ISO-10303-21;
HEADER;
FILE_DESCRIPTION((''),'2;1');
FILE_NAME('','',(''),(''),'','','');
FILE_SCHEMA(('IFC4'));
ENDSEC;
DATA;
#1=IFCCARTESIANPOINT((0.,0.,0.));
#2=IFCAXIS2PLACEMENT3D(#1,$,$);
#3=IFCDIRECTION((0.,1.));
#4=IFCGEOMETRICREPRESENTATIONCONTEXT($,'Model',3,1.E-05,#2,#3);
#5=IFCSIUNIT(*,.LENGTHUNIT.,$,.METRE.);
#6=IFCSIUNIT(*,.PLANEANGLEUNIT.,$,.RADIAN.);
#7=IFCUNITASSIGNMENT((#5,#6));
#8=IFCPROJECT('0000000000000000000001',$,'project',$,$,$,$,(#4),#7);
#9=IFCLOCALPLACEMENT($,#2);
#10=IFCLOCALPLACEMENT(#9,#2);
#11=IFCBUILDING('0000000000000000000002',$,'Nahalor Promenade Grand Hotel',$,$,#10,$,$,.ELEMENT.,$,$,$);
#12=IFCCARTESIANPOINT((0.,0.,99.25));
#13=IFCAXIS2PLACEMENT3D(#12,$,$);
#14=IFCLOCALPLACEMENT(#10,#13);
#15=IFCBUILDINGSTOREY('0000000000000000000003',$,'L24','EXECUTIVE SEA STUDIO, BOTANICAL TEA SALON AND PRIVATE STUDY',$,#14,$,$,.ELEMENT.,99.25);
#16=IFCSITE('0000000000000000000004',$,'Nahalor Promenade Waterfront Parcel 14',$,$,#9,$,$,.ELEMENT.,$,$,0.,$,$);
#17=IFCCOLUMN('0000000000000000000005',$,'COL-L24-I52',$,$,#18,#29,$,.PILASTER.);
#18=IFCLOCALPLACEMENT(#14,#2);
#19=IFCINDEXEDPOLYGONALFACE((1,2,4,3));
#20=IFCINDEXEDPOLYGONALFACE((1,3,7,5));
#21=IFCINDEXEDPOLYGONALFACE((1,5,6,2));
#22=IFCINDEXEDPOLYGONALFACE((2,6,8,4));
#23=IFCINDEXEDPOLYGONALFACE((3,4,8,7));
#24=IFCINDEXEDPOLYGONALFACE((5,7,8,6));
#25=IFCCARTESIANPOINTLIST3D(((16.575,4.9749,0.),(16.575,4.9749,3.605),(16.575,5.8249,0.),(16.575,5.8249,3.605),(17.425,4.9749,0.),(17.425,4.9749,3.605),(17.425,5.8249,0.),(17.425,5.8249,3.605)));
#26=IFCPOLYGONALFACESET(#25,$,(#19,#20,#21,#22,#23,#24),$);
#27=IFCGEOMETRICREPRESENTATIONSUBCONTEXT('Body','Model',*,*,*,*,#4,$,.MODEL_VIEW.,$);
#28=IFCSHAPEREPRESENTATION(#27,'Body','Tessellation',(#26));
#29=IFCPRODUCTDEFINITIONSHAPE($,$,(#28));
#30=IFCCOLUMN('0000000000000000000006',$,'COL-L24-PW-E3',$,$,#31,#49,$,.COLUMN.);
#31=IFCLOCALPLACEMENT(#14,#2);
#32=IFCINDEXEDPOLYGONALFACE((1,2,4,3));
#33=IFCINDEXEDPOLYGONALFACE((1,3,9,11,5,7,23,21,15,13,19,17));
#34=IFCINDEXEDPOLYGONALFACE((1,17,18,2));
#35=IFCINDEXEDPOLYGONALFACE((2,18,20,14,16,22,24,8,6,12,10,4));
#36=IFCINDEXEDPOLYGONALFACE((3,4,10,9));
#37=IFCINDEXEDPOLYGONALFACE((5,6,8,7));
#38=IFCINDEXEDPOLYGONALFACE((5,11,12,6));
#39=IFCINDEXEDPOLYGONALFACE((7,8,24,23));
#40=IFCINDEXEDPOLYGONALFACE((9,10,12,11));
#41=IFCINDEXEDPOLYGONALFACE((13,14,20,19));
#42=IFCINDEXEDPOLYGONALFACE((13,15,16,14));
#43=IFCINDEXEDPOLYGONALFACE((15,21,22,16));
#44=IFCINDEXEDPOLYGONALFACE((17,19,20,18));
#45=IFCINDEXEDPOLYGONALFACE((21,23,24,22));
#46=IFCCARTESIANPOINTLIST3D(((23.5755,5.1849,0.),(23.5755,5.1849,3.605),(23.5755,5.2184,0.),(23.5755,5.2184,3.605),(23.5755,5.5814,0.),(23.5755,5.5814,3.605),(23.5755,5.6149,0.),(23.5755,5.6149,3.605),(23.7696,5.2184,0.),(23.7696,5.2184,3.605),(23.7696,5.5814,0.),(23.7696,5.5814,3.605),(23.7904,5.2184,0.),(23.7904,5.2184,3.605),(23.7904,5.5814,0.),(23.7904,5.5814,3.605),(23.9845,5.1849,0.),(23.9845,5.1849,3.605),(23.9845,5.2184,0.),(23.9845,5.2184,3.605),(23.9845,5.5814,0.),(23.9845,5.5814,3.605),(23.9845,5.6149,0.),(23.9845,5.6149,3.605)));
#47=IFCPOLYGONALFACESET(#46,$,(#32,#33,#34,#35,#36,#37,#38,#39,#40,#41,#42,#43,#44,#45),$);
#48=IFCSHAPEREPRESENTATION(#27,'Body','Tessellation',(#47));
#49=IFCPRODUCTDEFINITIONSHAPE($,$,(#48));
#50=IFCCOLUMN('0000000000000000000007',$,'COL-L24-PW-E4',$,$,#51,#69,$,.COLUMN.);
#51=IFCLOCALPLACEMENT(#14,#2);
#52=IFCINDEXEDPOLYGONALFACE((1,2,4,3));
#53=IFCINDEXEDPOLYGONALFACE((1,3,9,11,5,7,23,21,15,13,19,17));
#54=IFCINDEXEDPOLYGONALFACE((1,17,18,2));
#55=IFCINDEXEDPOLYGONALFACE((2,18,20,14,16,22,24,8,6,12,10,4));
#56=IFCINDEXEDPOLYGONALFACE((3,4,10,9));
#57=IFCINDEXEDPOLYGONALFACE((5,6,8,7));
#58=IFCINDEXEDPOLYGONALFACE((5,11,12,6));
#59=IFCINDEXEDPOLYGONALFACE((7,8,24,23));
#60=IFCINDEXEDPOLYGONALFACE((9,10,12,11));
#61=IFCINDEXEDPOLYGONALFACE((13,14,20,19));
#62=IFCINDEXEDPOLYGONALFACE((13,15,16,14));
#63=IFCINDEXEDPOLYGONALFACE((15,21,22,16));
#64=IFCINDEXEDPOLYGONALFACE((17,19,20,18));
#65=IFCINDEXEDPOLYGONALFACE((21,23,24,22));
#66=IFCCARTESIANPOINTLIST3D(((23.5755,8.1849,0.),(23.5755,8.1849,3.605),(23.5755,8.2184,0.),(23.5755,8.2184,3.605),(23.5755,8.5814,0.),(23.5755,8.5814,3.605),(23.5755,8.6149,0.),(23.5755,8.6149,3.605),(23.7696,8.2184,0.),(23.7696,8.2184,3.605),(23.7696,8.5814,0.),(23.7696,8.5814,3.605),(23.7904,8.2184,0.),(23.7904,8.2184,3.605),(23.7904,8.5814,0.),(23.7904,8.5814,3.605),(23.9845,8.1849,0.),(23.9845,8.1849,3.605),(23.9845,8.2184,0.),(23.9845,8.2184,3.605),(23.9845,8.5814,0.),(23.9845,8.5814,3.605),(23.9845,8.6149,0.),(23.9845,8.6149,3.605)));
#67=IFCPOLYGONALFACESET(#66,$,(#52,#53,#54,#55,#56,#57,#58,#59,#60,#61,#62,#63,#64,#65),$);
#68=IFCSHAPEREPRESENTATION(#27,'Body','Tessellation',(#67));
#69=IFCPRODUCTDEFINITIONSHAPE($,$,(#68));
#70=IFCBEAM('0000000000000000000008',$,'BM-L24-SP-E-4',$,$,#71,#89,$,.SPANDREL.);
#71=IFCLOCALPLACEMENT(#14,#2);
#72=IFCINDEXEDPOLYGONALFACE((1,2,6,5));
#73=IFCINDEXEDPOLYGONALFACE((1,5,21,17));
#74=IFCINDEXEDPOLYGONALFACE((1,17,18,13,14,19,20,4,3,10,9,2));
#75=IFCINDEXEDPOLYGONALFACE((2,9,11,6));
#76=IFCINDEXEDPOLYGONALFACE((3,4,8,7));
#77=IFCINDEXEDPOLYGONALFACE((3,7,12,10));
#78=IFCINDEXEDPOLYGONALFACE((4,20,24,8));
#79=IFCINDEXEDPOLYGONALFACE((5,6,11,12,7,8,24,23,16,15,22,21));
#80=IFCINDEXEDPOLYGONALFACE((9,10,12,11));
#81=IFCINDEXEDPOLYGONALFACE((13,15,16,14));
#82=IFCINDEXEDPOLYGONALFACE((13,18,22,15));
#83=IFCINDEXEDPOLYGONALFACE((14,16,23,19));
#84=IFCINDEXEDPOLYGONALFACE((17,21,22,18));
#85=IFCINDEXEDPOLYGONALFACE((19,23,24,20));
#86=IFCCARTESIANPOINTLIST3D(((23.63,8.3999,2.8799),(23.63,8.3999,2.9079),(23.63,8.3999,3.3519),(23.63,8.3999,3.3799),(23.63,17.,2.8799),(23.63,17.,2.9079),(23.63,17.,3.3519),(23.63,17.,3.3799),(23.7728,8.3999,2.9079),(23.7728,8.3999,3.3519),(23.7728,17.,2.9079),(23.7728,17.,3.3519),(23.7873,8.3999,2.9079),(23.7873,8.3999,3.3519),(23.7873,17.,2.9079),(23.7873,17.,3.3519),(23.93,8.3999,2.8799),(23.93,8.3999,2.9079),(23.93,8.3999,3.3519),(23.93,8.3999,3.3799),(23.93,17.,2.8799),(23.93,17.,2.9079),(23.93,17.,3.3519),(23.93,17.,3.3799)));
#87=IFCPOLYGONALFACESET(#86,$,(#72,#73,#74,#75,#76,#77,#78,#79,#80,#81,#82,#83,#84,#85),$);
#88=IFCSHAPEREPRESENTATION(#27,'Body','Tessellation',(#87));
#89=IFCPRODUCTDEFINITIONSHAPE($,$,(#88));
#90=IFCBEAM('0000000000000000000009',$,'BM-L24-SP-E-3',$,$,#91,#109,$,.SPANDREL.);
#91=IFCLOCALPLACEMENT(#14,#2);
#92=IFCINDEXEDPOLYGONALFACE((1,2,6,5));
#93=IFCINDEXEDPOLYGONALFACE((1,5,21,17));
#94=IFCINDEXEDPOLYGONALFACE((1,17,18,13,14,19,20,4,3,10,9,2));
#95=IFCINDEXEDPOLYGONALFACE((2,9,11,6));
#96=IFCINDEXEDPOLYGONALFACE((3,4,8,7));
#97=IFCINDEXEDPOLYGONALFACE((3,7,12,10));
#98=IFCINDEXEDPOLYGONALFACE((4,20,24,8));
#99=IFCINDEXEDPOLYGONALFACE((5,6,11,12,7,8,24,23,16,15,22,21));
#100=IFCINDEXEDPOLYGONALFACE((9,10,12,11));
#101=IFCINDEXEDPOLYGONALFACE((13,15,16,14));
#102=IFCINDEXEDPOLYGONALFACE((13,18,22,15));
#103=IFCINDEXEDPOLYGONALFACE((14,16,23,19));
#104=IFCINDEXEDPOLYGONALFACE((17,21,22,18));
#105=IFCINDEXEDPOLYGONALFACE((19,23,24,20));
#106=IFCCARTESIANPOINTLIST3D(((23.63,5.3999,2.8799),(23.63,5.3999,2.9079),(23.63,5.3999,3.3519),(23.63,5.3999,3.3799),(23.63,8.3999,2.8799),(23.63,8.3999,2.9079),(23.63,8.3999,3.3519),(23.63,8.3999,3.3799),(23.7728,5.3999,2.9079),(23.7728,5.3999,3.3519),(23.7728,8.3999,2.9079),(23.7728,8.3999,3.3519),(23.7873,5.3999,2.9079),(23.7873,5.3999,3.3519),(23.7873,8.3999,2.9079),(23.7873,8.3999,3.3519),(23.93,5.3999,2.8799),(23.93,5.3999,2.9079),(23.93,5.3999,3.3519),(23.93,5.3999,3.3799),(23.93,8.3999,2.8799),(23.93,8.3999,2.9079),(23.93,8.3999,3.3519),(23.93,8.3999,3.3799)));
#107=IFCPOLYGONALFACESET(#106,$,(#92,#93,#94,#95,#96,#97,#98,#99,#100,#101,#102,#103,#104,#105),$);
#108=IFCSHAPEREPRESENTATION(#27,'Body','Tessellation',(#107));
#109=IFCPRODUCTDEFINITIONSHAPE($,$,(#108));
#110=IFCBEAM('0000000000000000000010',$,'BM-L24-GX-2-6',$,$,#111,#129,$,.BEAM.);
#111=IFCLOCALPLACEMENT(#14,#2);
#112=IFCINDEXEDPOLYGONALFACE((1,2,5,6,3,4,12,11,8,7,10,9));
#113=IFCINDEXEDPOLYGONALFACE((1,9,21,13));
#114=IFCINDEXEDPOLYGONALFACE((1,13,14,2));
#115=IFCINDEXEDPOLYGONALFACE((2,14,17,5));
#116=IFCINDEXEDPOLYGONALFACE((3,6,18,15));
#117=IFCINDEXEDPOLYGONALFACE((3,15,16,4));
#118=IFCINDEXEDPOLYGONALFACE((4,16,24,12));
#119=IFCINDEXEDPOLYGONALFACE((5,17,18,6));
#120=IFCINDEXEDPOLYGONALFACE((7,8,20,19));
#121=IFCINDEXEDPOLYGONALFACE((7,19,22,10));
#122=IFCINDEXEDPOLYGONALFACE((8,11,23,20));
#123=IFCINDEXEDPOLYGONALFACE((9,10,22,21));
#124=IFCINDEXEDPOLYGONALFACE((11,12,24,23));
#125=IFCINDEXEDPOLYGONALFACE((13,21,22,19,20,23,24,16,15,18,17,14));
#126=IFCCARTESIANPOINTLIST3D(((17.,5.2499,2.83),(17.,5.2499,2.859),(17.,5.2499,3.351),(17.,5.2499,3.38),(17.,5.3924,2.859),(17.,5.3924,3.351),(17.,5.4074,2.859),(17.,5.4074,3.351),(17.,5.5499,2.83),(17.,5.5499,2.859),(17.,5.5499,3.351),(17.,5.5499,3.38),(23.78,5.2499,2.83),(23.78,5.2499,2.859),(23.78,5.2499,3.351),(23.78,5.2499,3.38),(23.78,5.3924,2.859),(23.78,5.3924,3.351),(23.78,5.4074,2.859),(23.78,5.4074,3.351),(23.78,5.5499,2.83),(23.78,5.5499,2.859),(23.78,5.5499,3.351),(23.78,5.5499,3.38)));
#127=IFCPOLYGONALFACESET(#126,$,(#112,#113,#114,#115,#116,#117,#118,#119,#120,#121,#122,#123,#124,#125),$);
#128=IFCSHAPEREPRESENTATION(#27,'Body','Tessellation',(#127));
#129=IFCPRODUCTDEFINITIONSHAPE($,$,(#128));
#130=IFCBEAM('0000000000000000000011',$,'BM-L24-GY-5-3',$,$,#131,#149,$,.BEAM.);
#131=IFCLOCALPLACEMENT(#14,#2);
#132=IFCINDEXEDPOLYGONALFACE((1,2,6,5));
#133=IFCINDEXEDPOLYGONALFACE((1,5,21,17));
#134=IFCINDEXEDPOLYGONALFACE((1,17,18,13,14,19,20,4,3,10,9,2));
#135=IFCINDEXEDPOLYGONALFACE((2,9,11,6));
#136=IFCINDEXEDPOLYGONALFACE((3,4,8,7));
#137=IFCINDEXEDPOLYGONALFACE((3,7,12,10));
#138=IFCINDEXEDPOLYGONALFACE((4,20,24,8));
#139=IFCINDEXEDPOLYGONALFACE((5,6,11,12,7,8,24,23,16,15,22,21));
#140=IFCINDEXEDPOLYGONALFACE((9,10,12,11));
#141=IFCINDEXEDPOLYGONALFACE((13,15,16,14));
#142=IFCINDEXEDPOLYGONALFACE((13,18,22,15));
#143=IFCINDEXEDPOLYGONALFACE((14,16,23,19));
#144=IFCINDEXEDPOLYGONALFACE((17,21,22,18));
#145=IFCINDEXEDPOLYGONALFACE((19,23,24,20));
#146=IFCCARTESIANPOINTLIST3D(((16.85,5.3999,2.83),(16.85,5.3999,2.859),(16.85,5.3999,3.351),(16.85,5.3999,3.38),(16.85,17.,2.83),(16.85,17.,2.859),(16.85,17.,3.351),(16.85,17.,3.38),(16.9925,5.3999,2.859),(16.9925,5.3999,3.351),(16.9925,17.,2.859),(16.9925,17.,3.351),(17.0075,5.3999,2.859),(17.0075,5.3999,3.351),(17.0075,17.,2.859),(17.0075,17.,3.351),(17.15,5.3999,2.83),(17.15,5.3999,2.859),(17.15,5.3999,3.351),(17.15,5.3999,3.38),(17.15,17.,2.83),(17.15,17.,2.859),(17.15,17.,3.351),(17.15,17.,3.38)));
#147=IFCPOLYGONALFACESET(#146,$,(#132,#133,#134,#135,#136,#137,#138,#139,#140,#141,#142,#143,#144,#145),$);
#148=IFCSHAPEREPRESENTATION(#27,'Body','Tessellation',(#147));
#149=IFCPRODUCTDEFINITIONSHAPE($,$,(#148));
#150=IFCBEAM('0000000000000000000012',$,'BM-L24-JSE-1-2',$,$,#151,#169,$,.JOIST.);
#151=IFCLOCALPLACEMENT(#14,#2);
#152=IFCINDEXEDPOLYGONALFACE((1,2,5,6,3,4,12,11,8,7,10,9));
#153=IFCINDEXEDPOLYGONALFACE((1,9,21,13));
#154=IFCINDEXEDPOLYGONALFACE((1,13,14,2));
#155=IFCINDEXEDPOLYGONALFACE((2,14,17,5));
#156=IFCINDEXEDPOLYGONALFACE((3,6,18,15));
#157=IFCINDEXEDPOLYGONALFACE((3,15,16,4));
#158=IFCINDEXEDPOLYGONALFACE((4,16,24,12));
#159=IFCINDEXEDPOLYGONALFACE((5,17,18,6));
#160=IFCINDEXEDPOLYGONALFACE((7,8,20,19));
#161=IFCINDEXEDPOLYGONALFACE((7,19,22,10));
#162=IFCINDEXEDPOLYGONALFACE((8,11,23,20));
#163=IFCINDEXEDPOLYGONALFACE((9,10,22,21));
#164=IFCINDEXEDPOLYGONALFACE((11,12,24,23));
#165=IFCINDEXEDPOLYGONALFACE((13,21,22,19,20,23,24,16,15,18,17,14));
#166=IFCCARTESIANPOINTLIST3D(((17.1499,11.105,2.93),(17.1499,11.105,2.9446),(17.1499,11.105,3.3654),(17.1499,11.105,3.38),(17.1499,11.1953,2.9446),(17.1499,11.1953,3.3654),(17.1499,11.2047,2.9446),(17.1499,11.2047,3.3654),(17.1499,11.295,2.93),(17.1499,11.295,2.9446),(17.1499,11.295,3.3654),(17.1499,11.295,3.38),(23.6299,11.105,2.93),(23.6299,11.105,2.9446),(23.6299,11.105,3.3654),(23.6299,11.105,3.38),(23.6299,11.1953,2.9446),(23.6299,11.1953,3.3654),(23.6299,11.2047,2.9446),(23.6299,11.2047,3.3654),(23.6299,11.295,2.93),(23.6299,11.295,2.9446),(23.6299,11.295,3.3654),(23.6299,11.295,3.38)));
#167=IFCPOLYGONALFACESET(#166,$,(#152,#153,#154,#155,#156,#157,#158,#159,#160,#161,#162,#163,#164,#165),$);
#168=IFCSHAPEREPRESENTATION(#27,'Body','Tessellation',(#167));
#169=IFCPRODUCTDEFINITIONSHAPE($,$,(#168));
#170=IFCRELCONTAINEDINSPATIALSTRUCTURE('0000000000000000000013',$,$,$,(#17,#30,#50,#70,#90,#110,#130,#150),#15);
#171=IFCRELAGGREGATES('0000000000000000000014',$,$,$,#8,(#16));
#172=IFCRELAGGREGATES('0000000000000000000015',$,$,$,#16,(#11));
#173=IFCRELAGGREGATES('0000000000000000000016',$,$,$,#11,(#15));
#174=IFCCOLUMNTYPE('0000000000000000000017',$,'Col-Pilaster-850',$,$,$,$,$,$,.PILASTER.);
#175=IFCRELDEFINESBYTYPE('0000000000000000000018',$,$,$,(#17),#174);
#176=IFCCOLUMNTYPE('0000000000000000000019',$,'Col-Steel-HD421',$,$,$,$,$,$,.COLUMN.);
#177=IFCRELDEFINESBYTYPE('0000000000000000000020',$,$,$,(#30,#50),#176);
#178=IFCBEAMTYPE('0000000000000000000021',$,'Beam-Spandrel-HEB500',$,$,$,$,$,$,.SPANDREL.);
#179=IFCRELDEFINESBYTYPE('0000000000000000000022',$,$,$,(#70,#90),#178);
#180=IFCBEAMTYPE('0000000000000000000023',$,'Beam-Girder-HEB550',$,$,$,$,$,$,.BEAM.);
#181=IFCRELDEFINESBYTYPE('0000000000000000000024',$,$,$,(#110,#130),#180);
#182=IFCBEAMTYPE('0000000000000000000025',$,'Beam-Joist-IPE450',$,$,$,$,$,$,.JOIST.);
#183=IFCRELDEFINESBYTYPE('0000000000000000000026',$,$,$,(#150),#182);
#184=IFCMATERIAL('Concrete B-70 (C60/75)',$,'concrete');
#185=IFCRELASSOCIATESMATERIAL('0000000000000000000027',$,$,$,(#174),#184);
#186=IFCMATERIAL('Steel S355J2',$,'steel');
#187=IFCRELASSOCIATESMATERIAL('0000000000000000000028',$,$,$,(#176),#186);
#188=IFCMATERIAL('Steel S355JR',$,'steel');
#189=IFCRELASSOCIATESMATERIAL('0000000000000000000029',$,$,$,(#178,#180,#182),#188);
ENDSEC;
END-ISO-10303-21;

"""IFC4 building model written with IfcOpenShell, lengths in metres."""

from ifc_helpers import new_model, si_unit, direction, frame, origin, origin_2d, place, context, subcontext, project, spatial, rectangle, i_section, extrude, source, transform, mapped, material, material_profile, profile_set, type_object, element, save


model = new_model("IFC4")

# Units and contexts
model_context = context("Model", 3, precision=1e-05, world=origin(), true_north=direction((0.0, 1.0)))
body_context = subcontext(model_context, "Body", "Model", "MODEL_VIEW")
ifc_project = project(units=[si_unit("LENGTHUNIT", "METRE"), si_unit("PLANEANGLEUNIT", "RADIAN")], contexts=[model_context])

# Site, building, storey
site_placement = place(None, origin())
site = spatial("IfcSite", under=ifc_project, at=site_placement, Name="Nahalor Promenade Waterfront Parcel 14", CompositionType="ELEMENT", RefElevation=0.0)
building_placement = place(site_placement, origin())
building = spatial("IfcBuilding", under=site, at=building_placement, Name="Nahalor Promenade Grand Hotel", CompositionType="ELEMENT")
storey_placement = place(building_placement, frame((0.0, 0.0, 99.25)))
storey = spatial("IfcBuildingStorey", under=building, at=storey_placement, Name="L24", Description="EXECUTIVE SEA STUDIO, BOTANICAL TEA SALON AND PRIVATE STUDY", CompositionType="ELEMENT", Elevation=99.25)

# Columns
ifc_material_1 = material(Name="Concrete B-70 (C60/75)", Category="concrete")
ifc_material_profile_1 = material_profile(ifc_material_1, rectangle(XDim=0.85, YDim=0.85, at=origin_2d()), Name="RC 850x850")
ifc_profile_set_1 = profile_set([ifc_material_profile_1], Name="Concrete B-70 (C60/75)")
column_type_1 = type_object("IfcColumnType", Name="Col-Pilaster-850", PredefinedType="PILASTER", material=ifc_profile_set_1)
shared_shape_1 = source(origin(), body_context, "Body", "SweptSolid", [
    extrude(rectangle(XDim=0.85, YDim=0.85, at=origin_2d()), origin(), (0.0, 0.0, 1.0), 3.605),
])
column_placement = place(storey_placement, frame((17.0, 5.3999, 0.0), z_axis=(0.0, 0.0, 1.0), x_axis=(1.0, 0.0, 0.0)))
element("IfcColumn", 1, at=column_placement, inside=storey, type_object=column_type_1, Name="COL-L24-I52", PredefinedType="PILASTER", context=body_context, shape_type="MappedRepresentation", body=[
    mapped(shared_shape_1, transform((0.0, 0.0, 0.0), scale=1.0)),
])
ifc_material_2 = material(Name="Steel S355J2", Category="steel")
ifc_material_profile_2 = material_profile(ifc_material_2, i_section(OverallWidth=0.409, OverallDepth=0.43, WebThickness=0.0208, FlangeThickness=0.0335, at=origin_2d()), Name="HD 400x421")
ifc_profile_set_2 = profile_set([ifc_material_profile_2], Name="Steel S355J2")
column_type_2 = type_object("IfcColumnType", Name="Col-Steel-HD421", PredefinedType="COLUMN", material=ifc_profile_set_2)
shared_shape_2 = source(origin(), body_context, "Body", "SweptSolid", [
    extrude(i_section(OverallWidth=0.409, OverallDepth=0.43, WebThickness=0.0208, FlangeThickness=0.0335, at=origin_2d()), origin(), (0.0, 0.0, 1.0), 3.605),
])
for number, where, z_axis, x_axis, name in (
    (2, (23.78, 5.3999, 0.0), (0.0, 0.0, 1.0), (1.0, 0.0, 0.0), "COL-L24-PW-E3"),
    (3, (23.78, 8.3999, 0.0), (0.0, 0.0, 1.0), (1.0, 0.0, 0.0), "COL-L24-PW-E4"),
):
    element("IfcColumn", number, at=place(storey_placement, frame(where, z_axis=z_axis, x_axis=x_axis)), inside=storey, type_object=column_type_2, Name=name, PredefinedType="COLUMN", context=body_context, shape_type="MappedRepresentation", body=[
        mapped(shared_shape_2, transform((0.0, 0.0, 0.0), scale=1.0)),
    ])

# Beams
ifc_material_3 = material(Name="Steel S355JR", Category="steel")
ifc_material_profile_3 = material_profile(ifc_material_3, i_section(OverallWidth=0.3, OverallDepth=0.5, WebThickness=0.0145, FlangeThickness=0.028, at=origin_2d()), Name="HEB 500")
ifc_profile_set_3 = profile_set([ifc_material_profile_3], Name="Steel S355JR")
beam_type_1 = type_object("IfcBeamType", Name="Beam-Spandrel-HEB500", PredefinedType="SPANDREL", material=ifc_profile_set_3)
shared_shape_3 = source(origin(), body_context, "Body", "SweptSolid", [
    extrude(i_section(OverallWidth=0.3, OverallDepth=0.5, WebThickness=0.0145, FlangeThickness=0.028, at=origin_2d()), origin(), (0.0, 0.0, 1.0), 8.6001),
])
beam_1_placement = place(storey_placement, frame((23.78, 8.3999, 3.1299), z_axis=(0.0, 1.0, 0.0), x_axis=(-1.0, 0.0, 0.0)))
element("IfcBeam", 4, at=beam_1_placement, inside=storey, type_object=beam_type_1, Name="BM-L24-SP-E-4", PredefinedType="SPANDREL", context=body_context, shape_type="MappedRepresentation", body=[
    mapped(shared_shape_3, transform((0.0, 0.0, 0.0), scale=1.0)),
])
shared_shape_4 = source(origin(), body_context, "Body", "SweptSolid", [
    extrude(i_section(OverallWidth=0.3, OverallDepth=0.5, WebThickness=0.0145, FlangeThickness=0.028, at=origin_2d()), origin(), (0.0, 0.0, 1.0), 3.0),
])
beam_2_placement = place(storey_placement, frame((23.78, 5.3999, 3.1299), z_axis=(0.0, 1.0, 0.0), x_axis=(-1.0, 0.0, 0.0)))
element("IfcBeam", 5, at=beam_2_placement, inside=storey, type_object=beam_type_1, Name="BM-L24-SP-E-3", PredefinedType="SPANDREL", context=body_context, shape_type="MappedRepresentation", body=[
    mapped(shared_shape_4, transform((0.0, 0.0, 0.0), scale=1.0)),
])
ifc_material_profile_4 = material_profile(ifc_material_3, i_section(OverallWidth=0.3, OverallDepth=0.55, WebThickness=0.015, FlangeThickness=0.029, at=origin_2d()), Name="HEB 550")
ifc_profile_set_4 = profile_set([ifc_material_profile_4], Name="Steel S355JR")
beam_type_2 = type_object("IfcBeamType", Name="Beam-Girder-HEB550", PredefinedType="BEAM", material=ifc_profile_set_4)
shared_shape_5 = source(origin(), body_context, "Body", "SweptSolid", [
    extrude(i_section(OverallWidth=0.3, OverallDepth=0.55, WebThickness=0.015, FlangeThickness=0.029, at=origin_2d()), origin(), (0.0, 0.0, 1.0), 6.78),
])
beam_3_placement = place(storey_placement, frame((17.0, 5.3999, 3.105), z_axis=(1.0, 0.0, 0.0), x_axis=(0.0, 1.0, 0.0)))
element("IfcBeam", 6, at=beam_3_placement, inside=storey, type_object=beam_type_2, Name="BM-L24-GX-2-6", PredefinedType="BEAM", context=body_context, shape_type="MappedRepresentation", body=[
    mapped(shared_shape_5, transform((0.0, 0.0, 0.0), scale=1.0)),
])
shared_shape_6 = source(origin(), body_context, "Body", "SweptSolid", [
    extrude(i_section(OverallWidth=0.3, OverallDepth=0.55, WebThickness=0.015, FlangeThickness=0.029, at=origin_2d()), origin(), (0.0, 0.0, 1.0), 11.6001),
])
beam_4_placement = place(storey_placement, frame((17.0, 5.3999, 3.105), z_axis=(0.0, 1.0, 0.0), x_axis=(-1.0, 0.0, 0.0)))
element("IfcBeam", 7, at=beam_4_placement, inside=storey, type_object=beam_type_2, Name="BM-L24-GY-5-3", PredefinedType="BEAM", context=body_context, shape_type="MappedRepresentation", body=[
    mapped(shared_shape_6, transform((0.0, 0.0, 0.0), scale=1.0)),
])
ifc_material_profile_5 = material_profile(ifc_material_3, i_section(OverallWidth=0.19, OverallDepth=0.45, WebThickness=0.0094, FlangeThickness=0.0146, at=origin_2d()), Name="IPE 450")
ifc_profile_set_5 = profile_set([ifc_material_profile_5], Name="Steel S355JR")
beam_type_3 = type_object("IfcBeamType", Name="Beam-Joist-IPE450", PredefinedType="JOIST", material=ifc_profile_set_5)
shared_shape_7 = source(origin(), body_context, "Body", "SweptSolid", [
    extrude(i_section(OverallWidth=0.19, OverallDepth=0.45, WebThickness=0.0094, FlangeThickness=0.0146, at=origin_2d()), origin(), (0.0, 0.0, 1.0), 6.48),
])
beam_5_placement = place(storey_placement, frame((17.1499, 11.2, 3.155), z_axis=(1.0, 0.0, 0.0), x_axis=(0.0, 1.0, 0.0)))
element("IfcBeam", 8, at=beam_5_placement, inside=storey, type_object=beam_type_3, Name="BM-L24-JSE-1-2", PredefinedType="JOIST", context=body_context, shape_type="MappedRepresentation", body=[
    mapped(shared_shape_7, transform((0.0, 0.0, 0.0), scale=1.0)),
])

save(model, "model.ifc")
